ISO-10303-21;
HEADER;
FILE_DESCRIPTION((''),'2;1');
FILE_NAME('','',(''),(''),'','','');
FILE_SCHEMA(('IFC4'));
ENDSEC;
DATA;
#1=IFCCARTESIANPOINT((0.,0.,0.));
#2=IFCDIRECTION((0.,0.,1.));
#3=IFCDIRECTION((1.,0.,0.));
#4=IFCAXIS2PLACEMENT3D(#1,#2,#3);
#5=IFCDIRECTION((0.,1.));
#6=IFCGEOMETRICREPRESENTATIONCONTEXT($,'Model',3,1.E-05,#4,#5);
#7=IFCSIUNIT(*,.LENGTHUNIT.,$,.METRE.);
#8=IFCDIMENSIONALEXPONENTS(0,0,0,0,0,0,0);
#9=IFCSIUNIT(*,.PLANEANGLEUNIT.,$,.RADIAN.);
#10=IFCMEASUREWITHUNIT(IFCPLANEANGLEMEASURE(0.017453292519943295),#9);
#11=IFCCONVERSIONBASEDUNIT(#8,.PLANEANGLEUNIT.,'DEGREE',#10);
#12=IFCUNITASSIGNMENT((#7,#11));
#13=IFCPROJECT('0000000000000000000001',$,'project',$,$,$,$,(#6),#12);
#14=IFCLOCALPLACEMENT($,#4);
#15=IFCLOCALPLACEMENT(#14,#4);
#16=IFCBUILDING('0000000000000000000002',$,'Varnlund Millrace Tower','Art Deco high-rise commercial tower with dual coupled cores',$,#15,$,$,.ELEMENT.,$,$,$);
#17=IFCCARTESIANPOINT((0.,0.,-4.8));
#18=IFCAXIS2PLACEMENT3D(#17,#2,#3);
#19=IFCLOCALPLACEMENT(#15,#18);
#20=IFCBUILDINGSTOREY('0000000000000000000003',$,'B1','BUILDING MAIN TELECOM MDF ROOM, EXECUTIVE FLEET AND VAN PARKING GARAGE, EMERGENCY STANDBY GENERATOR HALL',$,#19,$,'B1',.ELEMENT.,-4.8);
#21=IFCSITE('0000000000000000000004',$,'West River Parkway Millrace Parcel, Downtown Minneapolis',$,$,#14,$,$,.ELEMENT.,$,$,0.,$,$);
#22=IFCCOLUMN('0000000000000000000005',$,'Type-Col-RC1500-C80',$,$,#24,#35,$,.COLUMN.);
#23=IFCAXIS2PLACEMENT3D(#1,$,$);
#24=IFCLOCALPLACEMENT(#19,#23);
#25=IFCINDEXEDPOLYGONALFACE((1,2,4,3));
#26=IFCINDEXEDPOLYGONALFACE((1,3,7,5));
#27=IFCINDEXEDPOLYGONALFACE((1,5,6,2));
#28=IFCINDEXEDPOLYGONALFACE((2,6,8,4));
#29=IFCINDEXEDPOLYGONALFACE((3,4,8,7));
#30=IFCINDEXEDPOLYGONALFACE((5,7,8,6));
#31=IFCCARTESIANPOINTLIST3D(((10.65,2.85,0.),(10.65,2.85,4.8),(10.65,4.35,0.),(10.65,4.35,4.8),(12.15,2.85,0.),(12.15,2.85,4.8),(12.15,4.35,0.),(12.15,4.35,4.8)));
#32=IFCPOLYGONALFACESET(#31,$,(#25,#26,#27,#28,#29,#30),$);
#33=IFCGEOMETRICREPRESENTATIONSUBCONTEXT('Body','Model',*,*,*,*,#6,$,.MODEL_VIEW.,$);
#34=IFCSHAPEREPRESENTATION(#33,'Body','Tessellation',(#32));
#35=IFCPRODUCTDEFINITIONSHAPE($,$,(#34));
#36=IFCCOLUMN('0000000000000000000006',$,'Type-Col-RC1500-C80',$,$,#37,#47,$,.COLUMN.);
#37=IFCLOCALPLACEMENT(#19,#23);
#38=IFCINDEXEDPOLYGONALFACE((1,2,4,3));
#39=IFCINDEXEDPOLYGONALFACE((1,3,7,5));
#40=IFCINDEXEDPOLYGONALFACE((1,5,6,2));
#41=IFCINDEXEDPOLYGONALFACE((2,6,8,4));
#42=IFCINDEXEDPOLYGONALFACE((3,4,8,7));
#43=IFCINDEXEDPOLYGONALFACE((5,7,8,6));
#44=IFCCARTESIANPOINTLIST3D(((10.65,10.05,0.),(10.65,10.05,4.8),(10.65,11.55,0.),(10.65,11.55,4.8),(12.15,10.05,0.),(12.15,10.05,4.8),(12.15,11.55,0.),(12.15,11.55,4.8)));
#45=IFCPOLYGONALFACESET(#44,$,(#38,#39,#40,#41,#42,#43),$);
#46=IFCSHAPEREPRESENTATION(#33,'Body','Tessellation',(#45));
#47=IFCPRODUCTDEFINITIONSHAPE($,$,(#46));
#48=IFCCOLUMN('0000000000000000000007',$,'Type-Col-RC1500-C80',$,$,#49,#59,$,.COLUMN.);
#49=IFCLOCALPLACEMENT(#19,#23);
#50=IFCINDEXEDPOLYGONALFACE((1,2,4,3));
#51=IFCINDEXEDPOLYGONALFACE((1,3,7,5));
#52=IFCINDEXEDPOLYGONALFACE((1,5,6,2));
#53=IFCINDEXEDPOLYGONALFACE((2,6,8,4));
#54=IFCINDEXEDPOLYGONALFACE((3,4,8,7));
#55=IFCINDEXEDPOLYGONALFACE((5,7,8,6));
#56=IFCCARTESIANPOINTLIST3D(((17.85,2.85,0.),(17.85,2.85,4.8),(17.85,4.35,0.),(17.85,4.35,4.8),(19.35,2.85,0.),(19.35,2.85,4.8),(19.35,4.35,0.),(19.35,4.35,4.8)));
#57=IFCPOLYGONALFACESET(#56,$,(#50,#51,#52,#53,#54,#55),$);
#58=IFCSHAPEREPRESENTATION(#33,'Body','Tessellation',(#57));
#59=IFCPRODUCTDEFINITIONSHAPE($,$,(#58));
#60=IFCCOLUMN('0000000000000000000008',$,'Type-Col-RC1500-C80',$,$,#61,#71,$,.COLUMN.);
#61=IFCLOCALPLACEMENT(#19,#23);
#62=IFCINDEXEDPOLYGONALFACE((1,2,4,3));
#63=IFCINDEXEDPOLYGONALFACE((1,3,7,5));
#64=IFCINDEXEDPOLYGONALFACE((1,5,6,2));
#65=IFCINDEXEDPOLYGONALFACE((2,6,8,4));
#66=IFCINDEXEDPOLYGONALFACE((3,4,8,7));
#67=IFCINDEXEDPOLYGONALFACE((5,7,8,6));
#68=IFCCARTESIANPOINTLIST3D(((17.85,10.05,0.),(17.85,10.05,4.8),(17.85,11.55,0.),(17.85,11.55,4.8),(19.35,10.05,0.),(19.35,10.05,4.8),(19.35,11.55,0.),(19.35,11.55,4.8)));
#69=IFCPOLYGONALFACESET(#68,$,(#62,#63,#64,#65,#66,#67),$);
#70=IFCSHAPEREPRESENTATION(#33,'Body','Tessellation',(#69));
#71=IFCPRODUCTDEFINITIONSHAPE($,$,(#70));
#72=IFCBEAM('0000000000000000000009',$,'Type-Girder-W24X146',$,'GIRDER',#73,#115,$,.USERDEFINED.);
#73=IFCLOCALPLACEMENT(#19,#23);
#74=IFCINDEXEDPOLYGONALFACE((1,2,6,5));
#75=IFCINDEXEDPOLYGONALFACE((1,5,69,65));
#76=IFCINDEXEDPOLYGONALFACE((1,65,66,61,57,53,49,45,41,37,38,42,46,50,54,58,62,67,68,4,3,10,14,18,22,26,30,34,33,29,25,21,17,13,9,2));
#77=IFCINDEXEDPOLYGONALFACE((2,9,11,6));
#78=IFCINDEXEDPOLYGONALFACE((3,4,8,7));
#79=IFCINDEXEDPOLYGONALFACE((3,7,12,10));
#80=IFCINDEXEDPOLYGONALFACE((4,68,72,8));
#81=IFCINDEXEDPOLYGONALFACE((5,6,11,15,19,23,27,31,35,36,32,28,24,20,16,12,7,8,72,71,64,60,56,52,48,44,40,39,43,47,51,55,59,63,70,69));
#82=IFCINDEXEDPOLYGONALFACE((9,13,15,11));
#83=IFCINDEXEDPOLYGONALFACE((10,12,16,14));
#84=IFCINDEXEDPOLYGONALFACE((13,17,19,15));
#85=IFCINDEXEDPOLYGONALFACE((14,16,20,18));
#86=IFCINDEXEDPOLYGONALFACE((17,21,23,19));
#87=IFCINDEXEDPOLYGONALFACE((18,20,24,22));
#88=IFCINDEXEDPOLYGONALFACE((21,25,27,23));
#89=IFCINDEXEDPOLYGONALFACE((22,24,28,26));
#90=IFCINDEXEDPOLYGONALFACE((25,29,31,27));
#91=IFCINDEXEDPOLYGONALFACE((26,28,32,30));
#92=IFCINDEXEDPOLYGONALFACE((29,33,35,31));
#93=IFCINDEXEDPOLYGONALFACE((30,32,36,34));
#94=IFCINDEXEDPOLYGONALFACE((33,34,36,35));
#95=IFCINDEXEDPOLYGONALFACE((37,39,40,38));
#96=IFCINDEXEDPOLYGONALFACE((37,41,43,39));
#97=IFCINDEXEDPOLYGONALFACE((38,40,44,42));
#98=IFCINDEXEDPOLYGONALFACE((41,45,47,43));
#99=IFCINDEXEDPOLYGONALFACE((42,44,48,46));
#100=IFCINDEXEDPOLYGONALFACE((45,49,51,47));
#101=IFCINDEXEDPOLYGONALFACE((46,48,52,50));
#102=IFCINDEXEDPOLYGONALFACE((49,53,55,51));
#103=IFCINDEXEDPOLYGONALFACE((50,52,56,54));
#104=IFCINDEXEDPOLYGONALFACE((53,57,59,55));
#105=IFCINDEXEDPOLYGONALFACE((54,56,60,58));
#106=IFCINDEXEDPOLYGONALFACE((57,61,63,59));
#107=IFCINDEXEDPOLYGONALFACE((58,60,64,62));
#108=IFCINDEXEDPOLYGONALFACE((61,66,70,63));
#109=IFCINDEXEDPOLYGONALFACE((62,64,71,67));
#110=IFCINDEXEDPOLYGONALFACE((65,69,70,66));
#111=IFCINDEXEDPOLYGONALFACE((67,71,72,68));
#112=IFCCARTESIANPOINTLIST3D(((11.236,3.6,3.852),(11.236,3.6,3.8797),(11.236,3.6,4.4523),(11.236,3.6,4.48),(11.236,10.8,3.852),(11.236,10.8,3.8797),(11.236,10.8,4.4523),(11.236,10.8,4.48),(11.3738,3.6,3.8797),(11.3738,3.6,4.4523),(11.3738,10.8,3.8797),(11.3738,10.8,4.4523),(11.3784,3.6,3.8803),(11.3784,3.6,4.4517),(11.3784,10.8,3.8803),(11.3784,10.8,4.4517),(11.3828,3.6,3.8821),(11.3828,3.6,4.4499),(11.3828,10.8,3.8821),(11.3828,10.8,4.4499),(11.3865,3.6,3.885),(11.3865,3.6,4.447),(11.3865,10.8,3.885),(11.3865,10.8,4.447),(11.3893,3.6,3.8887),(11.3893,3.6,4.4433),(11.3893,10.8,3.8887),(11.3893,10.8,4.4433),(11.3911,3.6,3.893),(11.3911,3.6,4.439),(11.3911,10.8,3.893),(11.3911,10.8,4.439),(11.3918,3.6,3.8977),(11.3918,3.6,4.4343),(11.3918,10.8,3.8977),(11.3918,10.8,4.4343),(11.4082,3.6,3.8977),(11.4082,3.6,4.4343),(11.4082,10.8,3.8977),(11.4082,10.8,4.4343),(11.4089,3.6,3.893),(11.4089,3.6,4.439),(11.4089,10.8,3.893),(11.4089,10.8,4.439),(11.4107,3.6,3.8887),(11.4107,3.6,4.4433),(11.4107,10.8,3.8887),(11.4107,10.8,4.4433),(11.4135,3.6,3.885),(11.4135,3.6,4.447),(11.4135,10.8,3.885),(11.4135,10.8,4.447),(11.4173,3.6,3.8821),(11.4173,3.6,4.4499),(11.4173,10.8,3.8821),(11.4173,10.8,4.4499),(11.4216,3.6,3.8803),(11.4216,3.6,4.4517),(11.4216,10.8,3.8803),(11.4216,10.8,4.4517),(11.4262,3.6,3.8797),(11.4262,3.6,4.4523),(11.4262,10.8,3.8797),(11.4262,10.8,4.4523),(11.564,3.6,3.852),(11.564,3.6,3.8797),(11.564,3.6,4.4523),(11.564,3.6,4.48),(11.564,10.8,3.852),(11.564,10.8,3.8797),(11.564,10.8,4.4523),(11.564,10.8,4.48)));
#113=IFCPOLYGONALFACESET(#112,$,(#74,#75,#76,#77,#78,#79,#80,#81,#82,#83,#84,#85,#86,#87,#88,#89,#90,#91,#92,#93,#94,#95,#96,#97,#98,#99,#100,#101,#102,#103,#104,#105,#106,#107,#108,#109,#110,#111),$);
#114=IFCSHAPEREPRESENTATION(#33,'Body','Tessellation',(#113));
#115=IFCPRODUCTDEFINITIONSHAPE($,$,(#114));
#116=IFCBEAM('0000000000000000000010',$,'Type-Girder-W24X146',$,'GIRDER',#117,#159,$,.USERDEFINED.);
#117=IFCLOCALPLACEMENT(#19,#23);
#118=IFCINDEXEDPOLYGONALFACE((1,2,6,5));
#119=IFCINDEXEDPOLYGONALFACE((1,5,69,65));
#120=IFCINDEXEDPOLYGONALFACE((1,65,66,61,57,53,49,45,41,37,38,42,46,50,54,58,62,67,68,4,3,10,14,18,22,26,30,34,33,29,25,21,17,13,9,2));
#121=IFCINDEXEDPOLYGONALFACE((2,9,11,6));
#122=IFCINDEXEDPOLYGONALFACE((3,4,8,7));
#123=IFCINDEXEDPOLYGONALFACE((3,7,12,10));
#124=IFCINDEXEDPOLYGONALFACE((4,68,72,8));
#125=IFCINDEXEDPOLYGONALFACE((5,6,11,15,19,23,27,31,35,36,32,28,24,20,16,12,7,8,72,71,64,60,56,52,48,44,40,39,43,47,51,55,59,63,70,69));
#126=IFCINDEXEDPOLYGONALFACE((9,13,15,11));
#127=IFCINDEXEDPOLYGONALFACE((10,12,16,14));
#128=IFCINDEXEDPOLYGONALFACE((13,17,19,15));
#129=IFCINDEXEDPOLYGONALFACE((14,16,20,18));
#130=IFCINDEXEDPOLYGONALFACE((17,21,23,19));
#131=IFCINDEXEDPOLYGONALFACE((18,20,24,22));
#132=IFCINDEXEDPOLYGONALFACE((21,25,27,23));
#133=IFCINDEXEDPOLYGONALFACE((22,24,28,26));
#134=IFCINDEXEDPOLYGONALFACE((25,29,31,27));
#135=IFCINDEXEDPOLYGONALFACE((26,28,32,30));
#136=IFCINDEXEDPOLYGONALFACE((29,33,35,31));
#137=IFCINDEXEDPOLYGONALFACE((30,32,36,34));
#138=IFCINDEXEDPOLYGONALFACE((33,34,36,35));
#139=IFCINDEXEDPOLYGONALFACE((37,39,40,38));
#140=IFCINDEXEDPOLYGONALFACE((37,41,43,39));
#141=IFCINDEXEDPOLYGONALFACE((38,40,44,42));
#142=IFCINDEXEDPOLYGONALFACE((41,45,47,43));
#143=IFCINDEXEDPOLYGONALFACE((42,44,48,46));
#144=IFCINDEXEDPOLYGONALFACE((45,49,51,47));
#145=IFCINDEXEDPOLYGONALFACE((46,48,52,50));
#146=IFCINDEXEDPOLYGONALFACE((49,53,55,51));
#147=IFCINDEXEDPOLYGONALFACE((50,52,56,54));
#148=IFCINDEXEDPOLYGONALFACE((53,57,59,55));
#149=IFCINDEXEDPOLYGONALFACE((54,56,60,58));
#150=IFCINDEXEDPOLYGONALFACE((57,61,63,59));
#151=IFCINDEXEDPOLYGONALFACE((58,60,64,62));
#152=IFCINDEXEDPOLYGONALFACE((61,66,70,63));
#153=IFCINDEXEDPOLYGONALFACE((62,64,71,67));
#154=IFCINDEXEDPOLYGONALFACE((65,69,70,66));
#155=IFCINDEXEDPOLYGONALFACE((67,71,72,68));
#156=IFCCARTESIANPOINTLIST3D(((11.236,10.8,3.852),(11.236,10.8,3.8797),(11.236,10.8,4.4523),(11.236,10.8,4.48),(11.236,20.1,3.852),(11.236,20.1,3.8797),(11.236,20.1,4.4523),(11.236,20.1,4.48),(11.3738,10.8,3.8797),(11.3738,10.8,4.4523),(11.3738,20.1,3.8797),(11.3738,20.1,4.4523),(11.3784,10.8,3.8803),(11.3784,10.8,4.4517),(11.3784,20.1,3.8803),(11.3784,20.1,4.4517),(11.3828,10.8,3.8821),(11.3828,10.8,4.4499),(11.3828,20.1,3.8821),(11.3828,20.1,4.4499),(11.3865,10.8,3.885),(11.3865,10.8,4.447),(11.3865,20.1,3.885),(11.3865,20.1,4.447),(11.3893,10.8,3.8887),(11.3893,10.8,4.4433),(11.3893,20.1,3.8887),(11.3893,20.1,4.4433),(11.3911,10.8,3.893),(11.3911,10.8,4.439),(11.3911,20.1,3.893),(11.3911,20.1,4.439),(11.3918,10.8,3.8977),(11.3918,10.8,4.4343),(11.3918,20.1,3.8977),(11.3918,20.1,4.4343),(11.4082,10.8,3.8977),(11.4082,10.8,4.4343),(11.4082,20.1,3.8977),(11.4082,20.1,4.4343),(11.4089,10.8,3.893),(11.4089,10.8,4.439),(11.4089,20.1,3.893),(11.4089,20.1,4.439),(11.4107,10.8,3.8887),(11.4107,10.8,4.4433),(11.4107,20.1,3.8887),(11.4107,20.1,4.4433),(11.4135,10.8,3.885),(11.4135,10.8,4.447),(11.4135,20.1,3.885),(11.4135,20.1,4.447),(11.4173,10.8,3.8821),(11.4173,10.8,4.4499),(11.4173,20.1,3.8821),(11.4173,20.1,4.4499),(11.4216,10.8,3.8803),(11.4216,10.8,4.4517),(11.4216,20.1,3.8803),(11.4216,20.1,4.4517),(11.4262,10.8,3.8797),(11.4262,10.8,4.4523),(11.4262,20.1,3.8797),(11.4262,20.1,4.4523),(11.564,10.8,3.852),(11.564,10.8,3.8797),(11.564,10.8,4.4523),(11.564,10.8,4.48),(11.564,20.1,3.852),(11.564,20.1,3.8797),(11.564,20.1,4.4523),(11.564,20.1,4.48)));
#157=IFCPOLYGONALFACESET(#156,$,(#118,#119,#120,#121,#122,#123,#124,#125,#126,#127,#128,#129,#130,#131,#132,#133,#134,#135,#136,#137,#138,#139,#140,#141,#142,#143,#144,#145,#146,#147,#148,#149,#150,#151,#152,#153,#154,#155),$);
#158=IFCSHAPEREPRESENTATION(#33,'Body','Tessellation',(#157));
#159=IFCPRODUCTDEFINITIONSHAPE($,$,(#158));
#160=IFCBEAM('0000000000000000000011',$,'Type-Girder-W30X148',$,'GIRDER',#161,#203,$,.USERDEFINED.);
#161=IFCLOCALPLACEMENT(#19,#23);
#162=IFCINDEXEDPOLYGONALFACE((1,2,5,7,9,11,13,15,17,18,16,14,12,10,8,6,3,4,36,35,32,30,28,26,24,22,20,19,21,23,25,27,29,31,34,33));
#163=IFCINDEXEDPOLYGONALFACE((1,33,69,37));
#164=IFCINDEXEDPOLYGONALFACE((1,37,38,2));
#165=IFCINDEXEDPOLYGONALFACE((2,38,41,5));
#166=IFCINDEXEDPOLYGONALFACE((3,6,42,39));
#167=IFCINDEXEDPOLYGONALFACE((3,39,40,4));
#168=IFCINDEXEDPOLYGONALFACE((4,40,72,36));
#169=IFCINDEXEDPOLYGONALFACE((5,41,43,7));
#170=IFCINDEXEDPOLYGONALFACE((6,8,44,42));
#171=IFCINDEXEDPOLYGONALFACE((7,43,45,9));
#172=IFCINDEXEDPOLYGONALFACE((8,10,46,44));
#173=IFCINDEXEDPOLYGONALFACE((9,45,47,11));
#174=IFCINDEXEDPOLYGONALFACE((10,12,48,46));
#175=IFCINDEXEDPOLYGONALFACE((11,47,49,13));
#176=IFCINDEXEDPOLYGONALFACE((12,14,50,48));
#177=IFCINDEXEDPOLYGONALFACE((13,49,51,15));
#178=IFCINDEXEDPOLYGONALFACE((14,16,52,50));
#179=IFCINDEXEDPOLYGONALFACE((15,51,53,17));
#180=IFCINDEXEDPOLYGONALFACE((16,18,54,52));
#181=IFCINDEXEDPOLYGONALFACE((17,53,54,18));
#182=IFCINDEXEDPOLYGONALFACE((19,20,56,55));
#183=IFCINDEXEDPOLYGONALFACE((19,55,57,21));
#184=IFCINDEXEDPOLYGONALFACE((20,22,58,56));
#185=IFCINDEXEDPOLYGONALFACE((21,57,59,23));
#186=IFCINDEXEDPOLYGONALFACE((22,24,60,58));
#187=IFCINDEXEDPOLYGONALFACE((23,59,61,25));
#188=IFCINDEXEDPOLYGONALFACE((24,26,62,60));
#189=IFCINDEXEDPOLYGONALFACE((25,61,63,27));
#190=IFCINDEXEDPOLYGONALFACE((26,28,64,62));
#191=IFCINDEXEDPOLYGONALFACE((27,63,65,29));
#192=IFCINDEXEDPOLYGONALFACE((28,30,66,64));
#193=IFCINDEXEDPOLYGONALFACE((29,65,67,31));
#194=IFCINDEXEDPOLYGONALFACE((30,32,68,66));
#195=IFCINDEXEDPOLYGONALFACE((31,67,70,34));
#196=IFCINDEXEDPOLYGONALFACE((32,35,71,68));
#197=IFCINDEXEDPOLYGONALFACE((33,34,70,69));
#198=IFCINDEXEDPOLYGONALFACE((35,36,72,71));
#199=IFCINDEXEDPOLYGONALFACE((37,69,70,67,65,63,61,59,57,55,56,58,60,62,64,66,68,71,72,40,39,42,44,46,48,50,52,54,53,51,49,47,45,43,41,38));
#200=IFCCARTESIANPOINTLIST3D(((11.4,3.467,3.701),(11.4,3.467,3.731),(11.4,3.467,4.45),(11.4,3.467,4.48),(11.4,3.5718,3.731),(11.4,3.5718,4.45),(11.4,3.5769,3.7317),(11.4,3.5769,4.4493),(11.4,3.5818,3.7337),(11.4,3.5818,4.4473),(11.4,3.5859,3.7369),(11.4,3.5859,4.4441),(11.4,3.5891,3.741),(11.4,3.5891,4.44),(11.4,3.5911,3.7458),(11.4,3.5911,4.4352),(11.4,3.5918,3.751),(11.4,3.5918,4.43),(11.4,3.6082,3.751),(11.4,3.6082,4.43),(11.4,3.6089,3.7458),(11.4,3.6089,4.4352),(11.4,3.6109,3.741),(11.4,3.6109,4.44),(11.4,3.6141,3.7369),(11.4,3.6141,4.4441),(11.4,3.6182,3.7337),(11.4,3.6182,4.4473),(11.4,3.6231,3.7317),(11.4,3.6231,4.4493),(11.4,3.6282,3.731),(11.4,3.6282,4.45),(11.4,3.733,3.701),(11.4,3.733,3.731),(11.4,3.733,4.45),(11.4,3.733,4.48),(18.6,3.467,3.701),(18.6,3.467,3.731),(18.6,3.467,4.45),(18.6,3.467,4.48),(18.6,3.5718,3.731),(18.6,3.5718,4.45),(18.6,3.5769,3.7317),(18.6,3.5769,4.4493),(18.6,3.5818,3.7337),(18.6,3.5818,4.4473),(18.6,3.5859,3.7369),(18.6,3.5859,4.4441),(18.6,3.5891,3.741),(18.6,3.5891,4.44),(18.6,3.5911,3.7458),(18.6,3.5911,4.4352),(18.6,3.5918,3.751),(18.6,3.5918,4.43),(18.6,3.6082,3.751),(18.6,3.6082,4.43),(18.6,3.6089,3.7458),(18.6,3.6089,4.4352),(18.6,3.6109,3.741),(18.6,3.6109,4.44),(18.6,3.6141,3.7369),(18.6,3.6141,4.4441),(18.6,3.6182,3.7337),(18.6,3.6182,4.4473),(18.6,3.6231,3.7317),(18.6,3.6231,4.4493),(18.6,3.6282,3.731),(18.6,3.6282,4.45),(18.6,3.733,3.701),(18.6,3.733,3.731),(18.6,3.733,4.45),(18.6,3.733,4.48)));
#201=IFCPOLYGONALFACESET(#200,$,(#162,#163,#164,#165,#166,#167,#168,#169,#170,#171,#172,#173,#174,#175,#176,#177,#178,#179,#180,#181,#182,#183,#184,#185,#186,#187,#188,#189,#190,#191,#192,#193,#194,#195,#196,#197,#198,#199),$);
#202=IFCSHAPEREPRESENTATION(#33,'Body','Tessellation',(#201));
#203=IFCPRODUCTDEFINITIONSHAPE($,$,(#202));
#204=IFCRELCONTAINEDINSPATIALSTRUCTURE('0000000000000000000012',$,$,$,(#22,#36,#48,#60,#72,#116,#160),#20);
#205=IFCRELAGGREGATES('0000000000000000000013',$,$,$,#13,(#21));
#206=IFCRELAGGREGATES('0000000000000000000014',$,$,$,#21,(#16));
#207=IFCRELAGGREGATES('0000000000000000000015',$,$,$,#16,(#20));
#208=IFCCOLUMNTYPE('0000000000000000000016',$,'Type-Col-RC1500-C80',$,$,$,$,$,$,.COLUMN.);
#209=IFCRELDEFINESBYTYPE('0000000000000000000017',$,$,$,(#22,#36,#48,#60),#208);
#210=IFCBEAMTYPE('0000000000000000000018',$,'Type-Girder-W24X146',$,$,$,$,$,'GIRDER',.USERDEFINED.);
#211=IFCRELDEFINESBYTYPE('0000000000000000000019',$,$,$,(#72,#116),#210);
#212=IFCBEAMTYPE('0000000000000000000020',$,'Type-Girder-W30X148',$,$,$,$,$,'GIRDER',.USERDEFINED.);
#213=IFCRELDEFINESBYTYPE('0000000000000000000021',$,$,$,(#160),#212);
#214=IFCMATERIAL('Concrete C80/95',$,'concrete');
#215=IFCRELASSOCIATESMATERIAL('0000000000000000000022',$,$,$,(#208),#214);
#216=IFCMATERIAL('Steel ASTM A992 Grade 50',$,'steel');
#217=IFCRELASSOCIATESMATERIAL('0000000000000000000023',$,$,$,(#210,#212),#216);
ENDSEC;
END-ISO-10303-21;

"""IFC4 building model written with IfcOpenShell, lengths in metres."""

from ifc_helpers import new_model, entity, si_unit, converted_unit, direction, frame, origin_with_axes, origin_2d_with_axis, place, context, subcontext, project, spatial, rectangle, i_section, extrude, material, material_profile, profile_set, type_object, element, save


model = new_model("IFC4")

# Units and contexts
model_context = context("Model", 3, precision=1e-05, world=origin_with_axes(), true_north=direction((0.0, 1.0)))
body_context = subcontext(model_context, "Body", "Model", "MODEL_VIEW")
ifc_project = project(units=[si_unit("LENGTHUNIT", "METRE"), converted_unit("PLANEANGLEUNIT", "DEGREE", entity("IfcPlaneAngleMeasure", 0.017453292519943295), si_unit("PLANEANGLEUNIT", "RADIAN"), dimensions=[0, 0, 0, 0, 0, 0, 0])], contexts=[model_context])

# Site, building, storey
site_placement = place(None, origin_with_axes())
site = spatial("IfcSite", under=ifc_project, at=site_placement, Name="West River Parkway Millrace Parcel, Downtown Minneapolis", CompositionType="ELEMENT", RefElevation=0.0)
building_placement = place(site_placement, origin_with_axes())
building = spatial("IfcBuilding", under=site, at=building_placement, Name="Varnlund Millrace Tower", Description="Art Deco high-rise commercial tower with dual coupled cores", CompositionType="ELEMENT")
storey_placement = place(building_placement, frame((0.0, 0.0, -4.8), z_axis=(0.0, 0.0, 1.0), x_axis=(1.0, 0.0, 0.0)))
storey = spatial("IfcBuildingStorey", under=building, at=storey_placement, Name="B1", Description="BUILDING MAIN TELECOM MDF ROOM, EXECUTIVE FLEET AND VAN PARKING GARAGE, EMERGENCY STANDBY GENERATOR HALL", LongName="B1", CompositionType="ELEMENT", Elevation=-4.8)

# Columns
ifc_material_1 = material(Name="Concrete C80/95", Category="concrete")
ifc_material_profile_1 = material_profile(ifc_material_1, rectangle(XDim=1.5, YDim=1.5, at=origin_2d_with_axis()), Name="Concrete C80/95")
ifc_profile_set_1 = profile_set([ifc_material_profile_1], Name="Concrete C80/95")
column_type = type_object("IfcColumnType", Name="Type-Col-RC1500-C80", PredefinedType="COLUMN", material=ifc_profile_set_1)
for number, where, z_axis, x_axis, name in (
    (1, (11.4, 3.6, 0.0), (0.0, 0.0, 1.0), (1.0, 0.0, 0.0), "Type-Col-RC1500-C80"),
    (2, (11.4, 10.8, 0.0), (0.0, 0.0, 1.0), (1.0, 0.0, 0.0), "Type-Col-RC1500-C80"),
    (3, (18.6, 3.6, 0.0), (0.0, 0.0, 1.0), (1.0, 0.0, 0.0), "Type-Col-RC1500-C80"),
    (4, (18.6, 10.8, 0.0), (0.0, 0.0, 1.0), (1.0, 0.0, 0.0), "Type-Col-RC1500-C80"),
):
    element("IfcColumn", number, at=place(storey_placement, frame(where, z_axis=z_axis, x_axis=x_axis)), inside=storey, type_object=column_type, Name=name, PredefinedType="COLUMN", context=body_context, shape_type="SweptSolid", body=[
        extrude(rectangle(XDim=1.5, YDim=1.5, at=origin_2d_with_axis()), origin_with_axes(), (0.0, 0.0, 1.0), 4.8),
    ])

# Beams
ifc_material_2 = material(Name="Steel ASTM A992 Grade 50", Category="steel")
ifc_material_profile_2 = material_profile(ifc_material_2, i_section(OverallWidth=0.328, OverallDepth=0.628, WebThickness=0.0165, FlangeThickness=0.0277, FilletRadius=0.018, at=origin_2d_with_axis()), Name="Steel ASTM A992 Grade 50")
ifc_profile_set_2 = profile_set([ifc_material_profile_2], Name="Steel ASTM A992 Grade 50")
beam_type_1 = type_object("IfcBeamType", Name="Type-Girder-W24X146", ElementType="GIRDER", PredefinedType="USERDEFINED", material=ifc_profile_set_2)
beam_1_placement = place(storey_placement, frame((11.4, 3.6, 4.166), z_axis=(0.0, 1.0, 0.0), x_axis=(-1.0, 0.0, 0.0)))
element("IfcBeam", 5, at=beam_1_placement, inside=storey, type_object=beam_type_1, Name="Type-Girder-W24X146", ObjectType="GIRDER", PredefinedType="USERDEFINED", context=body_context, shape_type="SweptSolid", body=[
    extrude(i_section(OverallWidth=0.328, OverallDepth=0.628, WebThickness=0.0165, FlangeThickness=0.0277, FilletRadius=0.018, at=origin_2d_with_axis()), origin_with_axes(), (0.0, 0.0, 1.0), 7.2),
])
beam_2_placement = place(storey_placement, frame((11.4, 10.8, 4.166), z_axis=(0.0, 1.0, 0.0), x_axis=(-1.0, 0.0, 0.0)))
element("IfcBeam", 6, at=beam_2_placement, inside=storey, type_object=beam_type_1, Name="Type-Girder-W24X146", ObjectType="GIRDER", PredefinedType="USERDEFINED", context=body_context, shape_type="SweptSolid", body=[
    extrude(i_section(OverallWidth=0.328, OverallDepth=0.628, WebThickness=0.0165, FlangeThickness=0.0277, FilletRadius=0.018, at=origin_2d_with_axis()), origin_with_axes(), (0.0, 0.0, 1.0), 9.3),
])
ifc_material_profile_3 = material_profile(ifc_material_2, i_section(OverallWidth=0.266, OverallDepth=0.779, WebThickness=0.0165, FlangeThickness=0.03, FilletRadius=0.02, at=origin_2d_with_axis()), Name="Steel ASTM A992 Grade 50")
ifc_profile_set_3 = profile_set([ifc_material_profile_3], Name="Steel ASTM A992 Grade 50")
beam_type_2 = type_object("IfcBeamType", Name="Type-Girder-W30X148", ElementType="GIRDER", PredefinedType="USERDEFINED", material=ifc_profile_set_3)
beam_3_placement = place(storey_placement, frame((11.4, 3.6, 4.0905), z_axis=(1.0, 0.0, 0.0), x_axis=(0.0, 1.0, 0.0)))
element("IfcBeam", 7, at=beam_3_placement, inside=storey, type_object=beam_type_2, Name="Type-Girder-W30X148", ObjectType="GIRDER", PredefinedType="USERDEFINED", context=body_context, shape_type="SweptSolid", body=[
    extrude(i_section(OverallWidth=0.266, OverallDepth=0.779, WebThickness=0.0165, FlangeThickness=0.03, FilletRadius=0.02, at=origin_2d_with_axis()), origin_with_axes(), (0.0, 0.0, 1.0), 7.2),
])

save(model, "model.ifc")
